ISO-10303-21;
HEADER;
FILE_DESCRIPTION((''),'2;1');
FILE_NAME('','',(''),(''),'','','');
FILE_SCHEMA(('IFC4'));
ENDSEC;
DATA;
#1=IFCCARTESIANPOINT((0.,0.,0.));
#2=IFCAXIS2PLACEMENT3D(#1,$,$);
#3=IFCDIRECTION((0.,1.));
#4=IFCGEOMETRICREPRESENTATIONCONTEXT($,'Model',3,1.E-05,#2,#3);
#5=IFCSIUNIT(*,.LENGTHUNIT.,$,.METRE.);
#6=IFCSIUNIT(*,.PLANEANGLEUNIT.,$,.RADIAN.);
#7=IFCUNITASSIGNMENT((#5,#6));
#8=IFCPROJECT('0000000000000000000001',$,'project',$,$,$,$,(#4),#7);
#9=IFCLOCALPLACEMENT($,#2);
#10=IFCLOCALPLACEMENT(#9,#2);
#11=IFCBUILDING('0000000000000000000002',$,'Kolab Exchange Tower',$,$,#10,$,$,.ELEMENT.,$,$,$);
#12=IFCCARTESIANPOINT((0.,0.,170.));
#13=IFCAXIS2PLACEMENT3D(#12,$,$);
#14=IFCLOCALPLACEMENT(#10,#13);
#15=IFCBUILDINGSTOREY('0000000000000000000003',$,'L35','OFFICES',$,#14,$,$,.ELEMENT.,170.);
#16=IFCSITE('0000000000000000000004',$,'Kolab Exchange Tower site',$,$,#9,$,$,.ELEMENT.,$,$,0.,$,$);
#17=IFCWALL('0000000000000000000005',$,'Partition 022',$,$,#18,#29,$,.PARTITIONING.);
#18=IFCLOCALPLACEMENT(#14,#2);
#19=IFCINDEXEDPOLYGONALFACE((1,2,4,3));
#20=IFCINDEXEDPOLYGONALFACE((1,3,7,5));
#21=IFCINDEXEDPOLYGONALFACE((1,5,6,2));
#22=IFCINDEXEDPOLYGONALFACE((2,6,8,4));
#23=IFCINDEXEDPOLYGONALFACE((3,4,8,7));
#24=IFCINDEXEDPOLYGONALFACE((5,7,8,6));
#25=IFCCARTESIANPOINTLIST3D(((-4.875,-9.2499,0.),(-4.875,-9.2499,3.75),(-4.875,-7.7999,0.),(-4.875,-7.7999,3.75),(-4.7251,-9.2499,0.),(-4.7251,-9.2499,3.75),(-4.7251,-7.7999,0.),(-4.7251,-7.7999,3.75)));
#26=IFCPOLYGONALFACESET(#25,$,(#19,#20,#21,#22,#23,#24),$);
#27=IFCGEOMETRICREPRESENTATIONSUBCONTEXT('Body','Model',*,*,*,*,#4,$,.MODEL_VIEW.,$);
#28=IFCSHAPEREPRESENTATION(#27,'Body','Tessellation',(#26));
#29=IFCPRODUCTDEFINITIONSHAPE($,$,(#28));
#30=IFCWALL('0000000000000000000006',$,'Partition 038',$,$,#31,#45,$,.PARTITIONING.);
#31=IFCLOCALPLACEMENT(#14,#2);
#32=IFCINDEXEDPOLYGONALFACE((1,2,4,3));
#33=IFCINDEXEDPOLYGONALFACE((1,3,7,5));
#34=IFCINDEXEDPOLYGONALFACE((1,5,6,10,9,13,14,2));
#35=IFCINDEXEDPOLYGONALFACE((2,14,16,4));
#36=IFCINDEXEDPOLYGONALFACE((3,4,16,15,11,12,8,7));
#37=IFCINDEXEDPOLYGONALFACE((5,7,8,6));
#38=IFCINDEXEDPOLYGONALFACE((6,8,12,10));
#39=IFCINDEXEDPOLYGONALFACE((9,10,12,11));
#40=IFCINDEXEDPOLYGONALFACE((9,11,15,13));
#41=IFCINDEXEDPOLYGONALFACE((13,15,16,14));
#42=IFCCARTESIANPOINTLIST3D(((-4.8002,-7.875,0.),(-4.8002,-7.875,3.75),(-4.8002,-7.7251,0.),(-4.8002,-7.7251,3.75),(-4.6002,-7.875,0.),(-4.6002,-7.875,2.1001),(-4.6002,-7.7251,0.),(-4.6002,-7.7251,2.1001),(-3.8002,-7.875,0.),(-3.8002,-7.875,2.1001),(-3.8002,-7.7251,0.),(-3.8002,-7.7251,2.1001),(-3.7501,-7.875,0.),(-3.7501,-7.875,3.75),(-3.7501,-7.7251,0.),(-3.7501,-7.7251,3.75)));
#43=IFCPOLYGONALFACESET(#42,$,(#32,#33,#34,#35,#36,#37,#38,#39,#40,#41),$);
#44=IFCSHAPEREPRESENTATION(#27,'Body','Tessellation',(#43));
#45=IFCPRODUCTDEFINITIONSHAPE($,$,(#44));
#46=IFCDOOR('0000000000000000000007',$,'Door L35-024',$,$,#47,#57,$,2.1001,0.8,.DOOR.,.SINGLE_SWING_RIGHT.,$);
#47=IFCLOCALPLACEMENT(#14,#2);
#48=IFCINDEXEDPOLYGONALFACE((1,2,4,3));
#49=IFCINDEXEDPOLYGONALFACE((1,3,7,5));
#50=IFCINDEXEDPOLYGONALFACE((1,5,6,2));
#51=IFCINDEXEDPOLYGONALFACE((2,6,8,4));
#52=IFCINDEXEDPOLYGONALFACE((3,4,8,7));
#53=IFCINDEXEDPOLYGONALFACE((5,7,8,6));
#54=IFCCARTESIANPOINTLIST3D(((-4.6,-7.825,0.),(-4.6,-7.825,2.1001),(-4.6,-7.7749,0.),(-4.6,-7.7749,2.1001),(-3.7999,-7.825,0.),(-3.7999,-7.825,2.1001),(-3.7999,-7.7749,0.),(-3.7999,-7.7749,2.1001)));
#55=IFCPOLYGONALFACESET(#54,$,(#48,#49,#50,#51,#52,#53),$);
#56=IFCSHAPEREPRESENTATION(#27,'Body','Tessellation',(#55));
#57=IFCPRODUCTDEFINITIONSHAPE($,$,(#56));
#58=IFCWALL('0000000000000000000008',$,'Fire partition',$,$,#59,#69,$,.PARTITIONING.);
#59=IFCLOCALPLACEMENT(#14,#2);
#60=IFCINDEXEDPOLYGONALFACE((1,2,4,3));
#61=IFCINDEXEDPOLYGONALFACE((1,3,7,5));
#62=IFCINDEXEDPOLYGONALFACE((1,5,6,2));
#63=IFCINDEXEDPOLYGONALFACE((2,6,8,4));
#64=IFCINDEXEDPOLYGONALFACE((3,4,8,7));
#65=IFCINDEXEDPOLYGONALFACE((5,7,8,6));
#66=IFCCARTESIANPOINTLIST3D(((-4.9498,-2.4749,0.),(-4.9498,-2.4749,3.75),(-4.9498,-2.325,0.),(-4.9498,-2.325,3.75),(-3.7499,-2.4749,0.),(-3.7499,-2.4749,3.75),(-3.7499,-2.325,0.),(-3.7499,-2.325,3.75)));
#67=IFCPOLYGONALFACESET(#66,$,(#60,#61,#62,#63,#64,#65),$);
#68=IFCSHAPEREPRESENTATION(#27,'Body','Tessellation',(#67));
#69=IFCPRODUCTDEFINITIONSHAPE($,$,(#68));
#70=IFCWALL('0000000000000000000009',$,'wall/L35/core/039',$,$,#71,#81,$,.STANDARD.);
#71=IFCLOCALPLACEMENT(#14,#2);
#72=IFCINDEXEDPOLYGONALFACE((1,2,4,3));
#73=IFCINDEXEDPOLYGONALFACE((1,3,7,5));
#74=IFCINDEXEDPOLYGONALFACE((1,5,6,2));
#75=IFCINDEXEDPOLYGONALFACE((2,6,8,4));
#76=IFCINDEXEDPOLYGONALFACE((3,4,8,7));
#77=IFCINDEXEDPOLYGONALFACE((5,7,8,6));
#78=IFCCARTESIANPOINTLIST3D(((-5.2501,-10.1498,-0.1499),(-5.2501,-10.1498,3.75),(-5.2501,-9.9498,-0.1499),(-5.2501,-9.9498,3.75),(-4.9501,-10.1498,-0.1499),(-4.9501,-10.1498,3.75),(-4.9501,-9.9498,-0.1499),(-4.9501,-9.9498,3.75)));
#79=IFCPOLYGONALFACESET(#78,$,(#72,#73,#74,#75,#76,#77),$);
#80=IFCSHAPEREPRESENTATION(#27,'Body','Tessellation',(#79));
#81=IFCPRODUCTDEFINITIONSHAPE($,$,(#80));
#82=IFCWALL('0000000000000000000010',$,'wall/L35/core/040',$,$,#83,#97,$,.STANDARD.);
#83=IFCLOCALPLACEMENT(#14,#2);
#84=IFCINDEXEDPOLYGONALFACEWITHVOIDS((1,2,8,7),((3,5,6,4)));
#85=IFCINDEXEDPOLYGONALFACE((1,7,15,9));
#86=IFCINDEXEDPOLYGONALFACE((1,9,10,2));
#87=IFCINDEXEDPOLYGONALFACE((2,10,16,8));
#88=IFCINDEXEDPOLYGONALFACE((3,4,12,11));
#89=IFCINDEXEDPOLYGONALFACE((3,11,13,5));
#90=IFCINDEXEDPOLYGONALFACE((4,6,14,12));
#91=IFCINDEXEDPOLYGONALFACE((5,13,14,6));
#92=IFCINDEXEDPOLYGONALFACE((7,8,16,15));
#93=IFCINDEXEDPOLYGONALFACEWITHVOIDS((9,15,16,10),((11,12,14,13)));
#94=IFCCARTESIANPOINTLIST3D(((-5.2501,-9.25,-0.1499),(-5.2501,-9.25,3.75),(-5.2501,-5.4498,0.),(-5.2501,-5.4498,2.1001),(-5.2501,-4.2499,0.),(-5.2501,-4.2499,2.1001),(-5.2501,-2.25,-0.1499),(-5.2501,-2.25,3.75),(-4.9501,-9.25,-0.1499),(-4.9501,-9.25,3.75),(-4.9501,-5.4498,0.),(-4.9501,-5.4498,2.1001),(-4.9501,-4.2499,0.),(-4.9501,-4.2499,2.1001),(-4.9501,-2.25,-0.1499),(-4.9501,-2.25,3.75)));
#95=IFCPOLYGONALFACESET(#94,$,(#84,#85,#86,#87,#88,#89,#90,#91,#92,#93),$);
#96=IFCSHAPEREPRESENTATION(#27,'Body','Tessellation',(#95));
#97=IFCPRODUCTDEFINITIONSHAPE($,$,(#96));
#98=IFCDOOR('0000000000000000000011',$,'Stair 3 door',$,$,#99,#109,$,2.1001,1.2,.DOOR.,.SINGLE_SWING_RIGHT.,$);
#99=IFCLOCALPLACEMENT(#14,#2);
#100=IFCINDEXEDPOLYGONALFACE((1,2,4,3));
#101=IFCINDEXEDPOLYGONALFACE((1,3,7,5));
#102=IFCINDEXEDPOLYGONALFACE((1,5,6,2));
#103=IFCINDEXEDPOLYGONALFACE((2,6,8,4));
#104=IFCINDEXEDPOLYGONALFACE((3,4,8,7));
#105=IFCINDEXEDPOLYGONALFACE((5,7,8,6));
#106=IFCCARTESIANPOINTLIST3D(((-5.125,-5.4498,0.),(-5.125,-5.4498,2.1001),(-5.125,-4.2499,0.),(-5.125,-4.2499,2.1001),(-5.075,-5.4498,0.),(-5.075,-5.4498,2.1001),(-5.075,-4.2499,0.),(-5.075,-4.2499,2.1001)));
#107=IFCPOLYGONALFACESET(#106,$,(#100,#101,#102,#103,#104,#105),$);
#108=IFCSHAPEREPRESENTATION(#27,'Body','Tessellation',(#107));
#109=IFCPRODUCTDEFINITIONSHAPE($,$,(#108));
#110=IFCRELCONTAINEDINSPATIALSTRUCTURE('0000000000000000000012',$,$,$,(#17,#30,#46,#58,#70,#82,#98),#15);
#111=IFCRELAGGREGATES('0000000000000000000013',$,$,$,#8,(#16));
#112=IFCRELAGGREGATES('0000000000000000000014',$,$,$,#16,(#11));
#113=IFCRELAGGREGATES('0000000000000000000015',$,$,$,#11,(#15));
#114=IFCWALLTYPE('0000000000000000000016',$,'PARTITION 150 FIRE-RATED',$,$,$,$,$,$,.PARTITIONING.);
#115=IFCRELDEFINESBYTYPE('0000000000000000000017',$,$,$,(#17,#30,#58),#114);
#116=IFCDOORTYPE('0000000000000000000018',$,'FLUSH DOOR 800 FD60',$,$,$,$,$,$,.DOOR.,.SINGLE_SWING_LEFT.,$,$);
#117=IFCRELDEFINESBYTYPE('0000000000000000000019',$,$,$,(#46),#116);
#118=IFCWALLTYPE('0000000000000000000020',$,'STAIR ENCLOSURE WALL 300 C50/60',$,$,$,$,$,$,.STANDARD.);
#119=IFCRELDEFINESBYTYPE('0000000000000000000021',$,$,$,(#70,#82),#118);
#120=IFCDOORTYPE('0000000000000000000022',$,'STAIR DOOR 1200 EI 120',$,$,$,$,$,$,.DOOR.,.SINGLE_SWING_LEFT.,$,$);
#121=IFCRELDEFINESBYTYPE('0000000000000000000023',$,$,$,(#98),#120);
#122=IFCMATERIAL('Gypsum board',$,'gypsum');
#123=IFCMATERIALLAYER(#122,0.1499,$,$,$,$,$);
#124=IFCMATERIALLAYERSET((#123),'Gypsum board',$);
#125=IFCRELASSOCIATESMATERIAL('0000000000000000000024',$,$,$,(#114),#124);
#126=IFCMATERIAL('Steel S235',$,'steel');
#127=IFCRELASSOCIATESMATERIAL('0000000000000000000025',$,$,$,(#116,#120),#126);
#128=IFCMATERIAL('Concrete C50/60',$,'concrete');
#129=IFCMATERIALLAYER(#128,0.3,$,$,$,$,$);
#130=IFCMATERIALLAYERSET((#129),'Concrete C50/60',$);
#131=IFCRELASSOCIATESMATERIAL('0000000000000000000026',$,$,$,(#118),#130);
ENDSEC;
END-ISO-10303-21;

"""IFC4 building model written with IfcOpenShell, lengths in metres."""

from ifc_helpers import new_model, si_unit, direction, frame, frame_2d, origin, place, context, subcontext, project, spatial, rectangle, extrude, material, layer, layer_set, type_object, element, fill, save


model = new_model("IFC4")

# Units and contexts
model_context = context("Model", 3, precision=1e-05, world=origin(), true_north=direction((0.0, 1.0)))
body_context = subcontext(model_context, "Body", "Model", "MODEL_VIEW")
ifc_project = project(units=[si_unit("LENGTHUNIT", "METRE"), si_unit("PLANEANGLEUNIT", "RADIAN")], contexts=[model_context])

# Site, building, storey
site_placement = place(None, origin())
site = spatial("IfcSite", under=ifc_project, at=site_placement, Name="Kolab Exchange Tower site", CompositionType="ELEMENT", RefElevation=0.0)
building_placement = place(site_placement, origin())
building = spatial("IfcBuilding", under=site, at=building_placement, Name="Kolab Exchange Tower", CompositionType="ELEMENT")
storey_placement = place(building_placement, frame((0.0, 0.0, 170.0)))
storey = spatial("IfcBuildingStorey", under=building, at=storey_placement, Name="L35", Description="OFFICES", CompositionType="ELEMENT", Elevation=170.0)

# Shared definitions
ifc_material_1 = material(Name="Concrete C50/60", Category="concrete")

# Wall
ifc_material_2 = material(Name="Gypsum board", Category="gypsum")
ifc_layer_1 = layer(ifc_material_2, 0.1499)
ifc_layer_set_1 = layer_set([ifc_layer_1], Name="Gypsum board")
wall_type_1 = type_object("IfcWallType", Name="PARTITION 150 FIRE-RATED", PredefinedType="PARTITIONING", material=ifc_layer_set_1)
wall_1_placement = place(storey_placement, frame((-4.8, -9.25, 0.0), z_axis=(0.0, 0.0, 1.0), x_axis=(0.0, 1.0, 0.0)))
element("IfcWall", 1, at=wall_1_placement, inside=storey, type_object=wall_type_1, Name="Partition 022", PredefinedType="PARTITIONING", context=body_context, shape_type="SweptSolid", body=[
    extrude(rectangle(XDim=1.45, YDim=0.1499, at=frame_2d((0.7251, 0.0))), origin(), (0.0, 0.0, 1.0), 3.75),
])

# Wall, opening, door
wall_2_placement = place(storey_placement, frame((-4.8, -7.8, 0.0), z_axis=(0.0, 0.0, 1.0), x_axis=(1.0, 0.0, 0.0)))
wall_2 = element("IfcWall", 2, at=wall_2_placement, inside=storey, type_object=wall_type_1, Name="Partition 038", PredefinedType="PARTITIONING", context=body_context, shape_type="SweptSolid", body=[
    extrude(rectangle(XDim=1.05, YDim=0.1499, at=frame_2d((0.5249, 0.0))), origin(), (0.0, 0.0, 1.0), 3.75),
])
opening_1_placement = place(wall_2_placement, frame((0.2, 0.0, 0.0)))
opening_1 = element("IfcOpeningElement", 3, at=opening_1_placement, cuts=wall_2, PredefinedType="OPENING", context=body_context, shape_type="SweptSolid", body=[
    extrude(rectangle(XDim=0.8, YDim=2.1001, at=frame_2d((0.3999, 1.05))), frame((0.0, 0.085, 0.0), z_axis=(0.0, -1.0, 0.0), x_axis=(1.0, 0.0, 0.0)), (0.0, 0.0, 1.0), 0.1699),
])
ifc_material_3 = material(Name="Steel S235", Category="steel")
door_type_1 = type_object("IfcDoorType", Name="FLUSH DOOR 800 FD60", OperationType="SINGLE_SWING_LEFT", PredefinedType="DOOR", material=ifc_material_3)
door_1_placement = place(opening_1_placement, frame((0.8, 0.0, 0.0), z_axis=(0.0, 0.0, 1.0), x_axis=(-1.0, 0.0, 0.0)))
door_1 = element("IfcDoor", 4, at=door_1_placement, inside=storey, type_object=door_type_1, Name="Door L35-024", OperationType="SINGLE_SWING_RIGHT", OverallHeight=2.1001, OverallWidth=0.8, PredefinedType="DOOR", context=body_context, shape_type="SweptSolid", body=[
    extrude(rectangle(XDim=0.8, YDim=2.1001, at=frame_2d((0.3999, 1.05))), frame((0.0, 0.0249, 0.0), z_axis=(0.0, -1.0, 0.0), x_axis=(1.0, 0.0, 0.0)), (0.0, 0.0, 1.0), 0.05),
])
fill(opening_1, door_1)

# Walls
wall_3_placement = place(storey_placement, frame((-4.95, -2.3999, 0.0), z_axis=(0.0, 0.0, 1.0), x_axis=(1.0, 0.0, 0.0)))
element("IfcWall", 5, at=wall_3_placement, inside=storey, type_object=wall_type_1, Name="Fire partition", PredefinedType="PARTITIONING", context=body_context, shape_type="SweptSolid", body=[
    extrude(rectangle(XDim=1.2, YDim=0.1499, at=frame_2d((0.6001, 0.0))), origin(), (0.0, 0.0, 1.0), 3.75),
])
ifc_layer_2 = layer(ifc_material_1, 0.3)
ifc_layer_set_2 = layer_set([ifc_layer_2], Name="Concrete C50/60")
wall_type_2 = type_object("IfcWallType", Name="STAIR ENCLOSURE WALL 300 C50/60", PredefinedType="STANDARD", material=ifc_layer_set_2)
wall_4_placement = place(storey_placement, frame((-5.1001, -10.1499, -0.1499), z_axis=(0.0, 0.0, 1.0), x_axis=(0.0, 1.0, 0.0)))
element("IfcWall", 6, at=wall_4_placement, inside=storey, type_object=wall_type_2, Name="wall/L35/core/039", PredefinedType="STANDARD", context=body_context, shape_type="SweptSolid", body=[
    extrude(rectangle(XDim=0.2, YDim=0.3, at=frame_2d((0.1001, 0.0))), origin(), (0.0, 0.0, 1.0), 3.8999),
])

# Wall, opening, door
wall_5_placement = place(storey_placement, frame((-5.1001, -9.25, -0.1499), z_axis=(0.0, 0.0, 1.0), x_axis=(0.0, 1.0, 0.0)))
wall_5 = element("IfcWall", 7, at=wall_5_placement, inside=storey, type_object=wall_type_2, Name="wall/L35/core/040", PredefinedType="STANDARD", context=body_context, shape_type="SweptSolid", body=[
    extrude(rectangle(XDim=7.0, YDim=0.3, at=frame_2d((3.5, 0.0))), origin(), (0.0, 0.0, 1.0), 3.8999),
])
opening_2_placement = place(wall_5_placement, frame((3.8, 0.0, 0.1499)))
opening_2 = element("IfcOpeningElement", 8, at=opening_2_placement, cuts=wall_5, PredefinedType="OPENING", context=body_context, shape_type="SweptSolid", body=[
    extrude(rectangle(XDim=1.2, YDim=2.1001, at=frame_2d((0.6001, 1.05))), frame((0.0, 0.1602, 0.0), z_axis=(0.0, -1.0, 0.0), x_axis=(1.0, 0.0, 0.0)), (0.0, 0.0, 1.0), 0.3201),
])
door_type_2 = type_object("IfcDoorType", Name="STAIR DOOR 1200 EI 120", OperationType="SINGLE_SWING_LEFT", PredefinedType="DOOR", material=ifc_material_3)
door_2_placement = place(opening_2_placement, origin())
door_2 = element("IfcDoor", 9, at=door_2_placement, inside=storey, type_object=door_type_2, Name="Stair 3 door", OperationType="SINGLE_SWING_RIGHT", OverallHeight=2.1001, OverallWidth=1.2, PredefinedType="DOOR", context=body_context, shape_type="SweptSolid", body=[
    extrude(rectangle(XDim=1.2, YDim=2.1001, at=frame_2d((0.6001, 1.05))), frame((0.0, 0.0249, 0.0), z_axis=(0.0, -1.0, 0.0), x_axis=(1.0, 0.0, 0.0)), (0.0, 0.0, 1.0), 0.05),
])
fill(opening_2, door_2)

save(model, "model.ifc")
